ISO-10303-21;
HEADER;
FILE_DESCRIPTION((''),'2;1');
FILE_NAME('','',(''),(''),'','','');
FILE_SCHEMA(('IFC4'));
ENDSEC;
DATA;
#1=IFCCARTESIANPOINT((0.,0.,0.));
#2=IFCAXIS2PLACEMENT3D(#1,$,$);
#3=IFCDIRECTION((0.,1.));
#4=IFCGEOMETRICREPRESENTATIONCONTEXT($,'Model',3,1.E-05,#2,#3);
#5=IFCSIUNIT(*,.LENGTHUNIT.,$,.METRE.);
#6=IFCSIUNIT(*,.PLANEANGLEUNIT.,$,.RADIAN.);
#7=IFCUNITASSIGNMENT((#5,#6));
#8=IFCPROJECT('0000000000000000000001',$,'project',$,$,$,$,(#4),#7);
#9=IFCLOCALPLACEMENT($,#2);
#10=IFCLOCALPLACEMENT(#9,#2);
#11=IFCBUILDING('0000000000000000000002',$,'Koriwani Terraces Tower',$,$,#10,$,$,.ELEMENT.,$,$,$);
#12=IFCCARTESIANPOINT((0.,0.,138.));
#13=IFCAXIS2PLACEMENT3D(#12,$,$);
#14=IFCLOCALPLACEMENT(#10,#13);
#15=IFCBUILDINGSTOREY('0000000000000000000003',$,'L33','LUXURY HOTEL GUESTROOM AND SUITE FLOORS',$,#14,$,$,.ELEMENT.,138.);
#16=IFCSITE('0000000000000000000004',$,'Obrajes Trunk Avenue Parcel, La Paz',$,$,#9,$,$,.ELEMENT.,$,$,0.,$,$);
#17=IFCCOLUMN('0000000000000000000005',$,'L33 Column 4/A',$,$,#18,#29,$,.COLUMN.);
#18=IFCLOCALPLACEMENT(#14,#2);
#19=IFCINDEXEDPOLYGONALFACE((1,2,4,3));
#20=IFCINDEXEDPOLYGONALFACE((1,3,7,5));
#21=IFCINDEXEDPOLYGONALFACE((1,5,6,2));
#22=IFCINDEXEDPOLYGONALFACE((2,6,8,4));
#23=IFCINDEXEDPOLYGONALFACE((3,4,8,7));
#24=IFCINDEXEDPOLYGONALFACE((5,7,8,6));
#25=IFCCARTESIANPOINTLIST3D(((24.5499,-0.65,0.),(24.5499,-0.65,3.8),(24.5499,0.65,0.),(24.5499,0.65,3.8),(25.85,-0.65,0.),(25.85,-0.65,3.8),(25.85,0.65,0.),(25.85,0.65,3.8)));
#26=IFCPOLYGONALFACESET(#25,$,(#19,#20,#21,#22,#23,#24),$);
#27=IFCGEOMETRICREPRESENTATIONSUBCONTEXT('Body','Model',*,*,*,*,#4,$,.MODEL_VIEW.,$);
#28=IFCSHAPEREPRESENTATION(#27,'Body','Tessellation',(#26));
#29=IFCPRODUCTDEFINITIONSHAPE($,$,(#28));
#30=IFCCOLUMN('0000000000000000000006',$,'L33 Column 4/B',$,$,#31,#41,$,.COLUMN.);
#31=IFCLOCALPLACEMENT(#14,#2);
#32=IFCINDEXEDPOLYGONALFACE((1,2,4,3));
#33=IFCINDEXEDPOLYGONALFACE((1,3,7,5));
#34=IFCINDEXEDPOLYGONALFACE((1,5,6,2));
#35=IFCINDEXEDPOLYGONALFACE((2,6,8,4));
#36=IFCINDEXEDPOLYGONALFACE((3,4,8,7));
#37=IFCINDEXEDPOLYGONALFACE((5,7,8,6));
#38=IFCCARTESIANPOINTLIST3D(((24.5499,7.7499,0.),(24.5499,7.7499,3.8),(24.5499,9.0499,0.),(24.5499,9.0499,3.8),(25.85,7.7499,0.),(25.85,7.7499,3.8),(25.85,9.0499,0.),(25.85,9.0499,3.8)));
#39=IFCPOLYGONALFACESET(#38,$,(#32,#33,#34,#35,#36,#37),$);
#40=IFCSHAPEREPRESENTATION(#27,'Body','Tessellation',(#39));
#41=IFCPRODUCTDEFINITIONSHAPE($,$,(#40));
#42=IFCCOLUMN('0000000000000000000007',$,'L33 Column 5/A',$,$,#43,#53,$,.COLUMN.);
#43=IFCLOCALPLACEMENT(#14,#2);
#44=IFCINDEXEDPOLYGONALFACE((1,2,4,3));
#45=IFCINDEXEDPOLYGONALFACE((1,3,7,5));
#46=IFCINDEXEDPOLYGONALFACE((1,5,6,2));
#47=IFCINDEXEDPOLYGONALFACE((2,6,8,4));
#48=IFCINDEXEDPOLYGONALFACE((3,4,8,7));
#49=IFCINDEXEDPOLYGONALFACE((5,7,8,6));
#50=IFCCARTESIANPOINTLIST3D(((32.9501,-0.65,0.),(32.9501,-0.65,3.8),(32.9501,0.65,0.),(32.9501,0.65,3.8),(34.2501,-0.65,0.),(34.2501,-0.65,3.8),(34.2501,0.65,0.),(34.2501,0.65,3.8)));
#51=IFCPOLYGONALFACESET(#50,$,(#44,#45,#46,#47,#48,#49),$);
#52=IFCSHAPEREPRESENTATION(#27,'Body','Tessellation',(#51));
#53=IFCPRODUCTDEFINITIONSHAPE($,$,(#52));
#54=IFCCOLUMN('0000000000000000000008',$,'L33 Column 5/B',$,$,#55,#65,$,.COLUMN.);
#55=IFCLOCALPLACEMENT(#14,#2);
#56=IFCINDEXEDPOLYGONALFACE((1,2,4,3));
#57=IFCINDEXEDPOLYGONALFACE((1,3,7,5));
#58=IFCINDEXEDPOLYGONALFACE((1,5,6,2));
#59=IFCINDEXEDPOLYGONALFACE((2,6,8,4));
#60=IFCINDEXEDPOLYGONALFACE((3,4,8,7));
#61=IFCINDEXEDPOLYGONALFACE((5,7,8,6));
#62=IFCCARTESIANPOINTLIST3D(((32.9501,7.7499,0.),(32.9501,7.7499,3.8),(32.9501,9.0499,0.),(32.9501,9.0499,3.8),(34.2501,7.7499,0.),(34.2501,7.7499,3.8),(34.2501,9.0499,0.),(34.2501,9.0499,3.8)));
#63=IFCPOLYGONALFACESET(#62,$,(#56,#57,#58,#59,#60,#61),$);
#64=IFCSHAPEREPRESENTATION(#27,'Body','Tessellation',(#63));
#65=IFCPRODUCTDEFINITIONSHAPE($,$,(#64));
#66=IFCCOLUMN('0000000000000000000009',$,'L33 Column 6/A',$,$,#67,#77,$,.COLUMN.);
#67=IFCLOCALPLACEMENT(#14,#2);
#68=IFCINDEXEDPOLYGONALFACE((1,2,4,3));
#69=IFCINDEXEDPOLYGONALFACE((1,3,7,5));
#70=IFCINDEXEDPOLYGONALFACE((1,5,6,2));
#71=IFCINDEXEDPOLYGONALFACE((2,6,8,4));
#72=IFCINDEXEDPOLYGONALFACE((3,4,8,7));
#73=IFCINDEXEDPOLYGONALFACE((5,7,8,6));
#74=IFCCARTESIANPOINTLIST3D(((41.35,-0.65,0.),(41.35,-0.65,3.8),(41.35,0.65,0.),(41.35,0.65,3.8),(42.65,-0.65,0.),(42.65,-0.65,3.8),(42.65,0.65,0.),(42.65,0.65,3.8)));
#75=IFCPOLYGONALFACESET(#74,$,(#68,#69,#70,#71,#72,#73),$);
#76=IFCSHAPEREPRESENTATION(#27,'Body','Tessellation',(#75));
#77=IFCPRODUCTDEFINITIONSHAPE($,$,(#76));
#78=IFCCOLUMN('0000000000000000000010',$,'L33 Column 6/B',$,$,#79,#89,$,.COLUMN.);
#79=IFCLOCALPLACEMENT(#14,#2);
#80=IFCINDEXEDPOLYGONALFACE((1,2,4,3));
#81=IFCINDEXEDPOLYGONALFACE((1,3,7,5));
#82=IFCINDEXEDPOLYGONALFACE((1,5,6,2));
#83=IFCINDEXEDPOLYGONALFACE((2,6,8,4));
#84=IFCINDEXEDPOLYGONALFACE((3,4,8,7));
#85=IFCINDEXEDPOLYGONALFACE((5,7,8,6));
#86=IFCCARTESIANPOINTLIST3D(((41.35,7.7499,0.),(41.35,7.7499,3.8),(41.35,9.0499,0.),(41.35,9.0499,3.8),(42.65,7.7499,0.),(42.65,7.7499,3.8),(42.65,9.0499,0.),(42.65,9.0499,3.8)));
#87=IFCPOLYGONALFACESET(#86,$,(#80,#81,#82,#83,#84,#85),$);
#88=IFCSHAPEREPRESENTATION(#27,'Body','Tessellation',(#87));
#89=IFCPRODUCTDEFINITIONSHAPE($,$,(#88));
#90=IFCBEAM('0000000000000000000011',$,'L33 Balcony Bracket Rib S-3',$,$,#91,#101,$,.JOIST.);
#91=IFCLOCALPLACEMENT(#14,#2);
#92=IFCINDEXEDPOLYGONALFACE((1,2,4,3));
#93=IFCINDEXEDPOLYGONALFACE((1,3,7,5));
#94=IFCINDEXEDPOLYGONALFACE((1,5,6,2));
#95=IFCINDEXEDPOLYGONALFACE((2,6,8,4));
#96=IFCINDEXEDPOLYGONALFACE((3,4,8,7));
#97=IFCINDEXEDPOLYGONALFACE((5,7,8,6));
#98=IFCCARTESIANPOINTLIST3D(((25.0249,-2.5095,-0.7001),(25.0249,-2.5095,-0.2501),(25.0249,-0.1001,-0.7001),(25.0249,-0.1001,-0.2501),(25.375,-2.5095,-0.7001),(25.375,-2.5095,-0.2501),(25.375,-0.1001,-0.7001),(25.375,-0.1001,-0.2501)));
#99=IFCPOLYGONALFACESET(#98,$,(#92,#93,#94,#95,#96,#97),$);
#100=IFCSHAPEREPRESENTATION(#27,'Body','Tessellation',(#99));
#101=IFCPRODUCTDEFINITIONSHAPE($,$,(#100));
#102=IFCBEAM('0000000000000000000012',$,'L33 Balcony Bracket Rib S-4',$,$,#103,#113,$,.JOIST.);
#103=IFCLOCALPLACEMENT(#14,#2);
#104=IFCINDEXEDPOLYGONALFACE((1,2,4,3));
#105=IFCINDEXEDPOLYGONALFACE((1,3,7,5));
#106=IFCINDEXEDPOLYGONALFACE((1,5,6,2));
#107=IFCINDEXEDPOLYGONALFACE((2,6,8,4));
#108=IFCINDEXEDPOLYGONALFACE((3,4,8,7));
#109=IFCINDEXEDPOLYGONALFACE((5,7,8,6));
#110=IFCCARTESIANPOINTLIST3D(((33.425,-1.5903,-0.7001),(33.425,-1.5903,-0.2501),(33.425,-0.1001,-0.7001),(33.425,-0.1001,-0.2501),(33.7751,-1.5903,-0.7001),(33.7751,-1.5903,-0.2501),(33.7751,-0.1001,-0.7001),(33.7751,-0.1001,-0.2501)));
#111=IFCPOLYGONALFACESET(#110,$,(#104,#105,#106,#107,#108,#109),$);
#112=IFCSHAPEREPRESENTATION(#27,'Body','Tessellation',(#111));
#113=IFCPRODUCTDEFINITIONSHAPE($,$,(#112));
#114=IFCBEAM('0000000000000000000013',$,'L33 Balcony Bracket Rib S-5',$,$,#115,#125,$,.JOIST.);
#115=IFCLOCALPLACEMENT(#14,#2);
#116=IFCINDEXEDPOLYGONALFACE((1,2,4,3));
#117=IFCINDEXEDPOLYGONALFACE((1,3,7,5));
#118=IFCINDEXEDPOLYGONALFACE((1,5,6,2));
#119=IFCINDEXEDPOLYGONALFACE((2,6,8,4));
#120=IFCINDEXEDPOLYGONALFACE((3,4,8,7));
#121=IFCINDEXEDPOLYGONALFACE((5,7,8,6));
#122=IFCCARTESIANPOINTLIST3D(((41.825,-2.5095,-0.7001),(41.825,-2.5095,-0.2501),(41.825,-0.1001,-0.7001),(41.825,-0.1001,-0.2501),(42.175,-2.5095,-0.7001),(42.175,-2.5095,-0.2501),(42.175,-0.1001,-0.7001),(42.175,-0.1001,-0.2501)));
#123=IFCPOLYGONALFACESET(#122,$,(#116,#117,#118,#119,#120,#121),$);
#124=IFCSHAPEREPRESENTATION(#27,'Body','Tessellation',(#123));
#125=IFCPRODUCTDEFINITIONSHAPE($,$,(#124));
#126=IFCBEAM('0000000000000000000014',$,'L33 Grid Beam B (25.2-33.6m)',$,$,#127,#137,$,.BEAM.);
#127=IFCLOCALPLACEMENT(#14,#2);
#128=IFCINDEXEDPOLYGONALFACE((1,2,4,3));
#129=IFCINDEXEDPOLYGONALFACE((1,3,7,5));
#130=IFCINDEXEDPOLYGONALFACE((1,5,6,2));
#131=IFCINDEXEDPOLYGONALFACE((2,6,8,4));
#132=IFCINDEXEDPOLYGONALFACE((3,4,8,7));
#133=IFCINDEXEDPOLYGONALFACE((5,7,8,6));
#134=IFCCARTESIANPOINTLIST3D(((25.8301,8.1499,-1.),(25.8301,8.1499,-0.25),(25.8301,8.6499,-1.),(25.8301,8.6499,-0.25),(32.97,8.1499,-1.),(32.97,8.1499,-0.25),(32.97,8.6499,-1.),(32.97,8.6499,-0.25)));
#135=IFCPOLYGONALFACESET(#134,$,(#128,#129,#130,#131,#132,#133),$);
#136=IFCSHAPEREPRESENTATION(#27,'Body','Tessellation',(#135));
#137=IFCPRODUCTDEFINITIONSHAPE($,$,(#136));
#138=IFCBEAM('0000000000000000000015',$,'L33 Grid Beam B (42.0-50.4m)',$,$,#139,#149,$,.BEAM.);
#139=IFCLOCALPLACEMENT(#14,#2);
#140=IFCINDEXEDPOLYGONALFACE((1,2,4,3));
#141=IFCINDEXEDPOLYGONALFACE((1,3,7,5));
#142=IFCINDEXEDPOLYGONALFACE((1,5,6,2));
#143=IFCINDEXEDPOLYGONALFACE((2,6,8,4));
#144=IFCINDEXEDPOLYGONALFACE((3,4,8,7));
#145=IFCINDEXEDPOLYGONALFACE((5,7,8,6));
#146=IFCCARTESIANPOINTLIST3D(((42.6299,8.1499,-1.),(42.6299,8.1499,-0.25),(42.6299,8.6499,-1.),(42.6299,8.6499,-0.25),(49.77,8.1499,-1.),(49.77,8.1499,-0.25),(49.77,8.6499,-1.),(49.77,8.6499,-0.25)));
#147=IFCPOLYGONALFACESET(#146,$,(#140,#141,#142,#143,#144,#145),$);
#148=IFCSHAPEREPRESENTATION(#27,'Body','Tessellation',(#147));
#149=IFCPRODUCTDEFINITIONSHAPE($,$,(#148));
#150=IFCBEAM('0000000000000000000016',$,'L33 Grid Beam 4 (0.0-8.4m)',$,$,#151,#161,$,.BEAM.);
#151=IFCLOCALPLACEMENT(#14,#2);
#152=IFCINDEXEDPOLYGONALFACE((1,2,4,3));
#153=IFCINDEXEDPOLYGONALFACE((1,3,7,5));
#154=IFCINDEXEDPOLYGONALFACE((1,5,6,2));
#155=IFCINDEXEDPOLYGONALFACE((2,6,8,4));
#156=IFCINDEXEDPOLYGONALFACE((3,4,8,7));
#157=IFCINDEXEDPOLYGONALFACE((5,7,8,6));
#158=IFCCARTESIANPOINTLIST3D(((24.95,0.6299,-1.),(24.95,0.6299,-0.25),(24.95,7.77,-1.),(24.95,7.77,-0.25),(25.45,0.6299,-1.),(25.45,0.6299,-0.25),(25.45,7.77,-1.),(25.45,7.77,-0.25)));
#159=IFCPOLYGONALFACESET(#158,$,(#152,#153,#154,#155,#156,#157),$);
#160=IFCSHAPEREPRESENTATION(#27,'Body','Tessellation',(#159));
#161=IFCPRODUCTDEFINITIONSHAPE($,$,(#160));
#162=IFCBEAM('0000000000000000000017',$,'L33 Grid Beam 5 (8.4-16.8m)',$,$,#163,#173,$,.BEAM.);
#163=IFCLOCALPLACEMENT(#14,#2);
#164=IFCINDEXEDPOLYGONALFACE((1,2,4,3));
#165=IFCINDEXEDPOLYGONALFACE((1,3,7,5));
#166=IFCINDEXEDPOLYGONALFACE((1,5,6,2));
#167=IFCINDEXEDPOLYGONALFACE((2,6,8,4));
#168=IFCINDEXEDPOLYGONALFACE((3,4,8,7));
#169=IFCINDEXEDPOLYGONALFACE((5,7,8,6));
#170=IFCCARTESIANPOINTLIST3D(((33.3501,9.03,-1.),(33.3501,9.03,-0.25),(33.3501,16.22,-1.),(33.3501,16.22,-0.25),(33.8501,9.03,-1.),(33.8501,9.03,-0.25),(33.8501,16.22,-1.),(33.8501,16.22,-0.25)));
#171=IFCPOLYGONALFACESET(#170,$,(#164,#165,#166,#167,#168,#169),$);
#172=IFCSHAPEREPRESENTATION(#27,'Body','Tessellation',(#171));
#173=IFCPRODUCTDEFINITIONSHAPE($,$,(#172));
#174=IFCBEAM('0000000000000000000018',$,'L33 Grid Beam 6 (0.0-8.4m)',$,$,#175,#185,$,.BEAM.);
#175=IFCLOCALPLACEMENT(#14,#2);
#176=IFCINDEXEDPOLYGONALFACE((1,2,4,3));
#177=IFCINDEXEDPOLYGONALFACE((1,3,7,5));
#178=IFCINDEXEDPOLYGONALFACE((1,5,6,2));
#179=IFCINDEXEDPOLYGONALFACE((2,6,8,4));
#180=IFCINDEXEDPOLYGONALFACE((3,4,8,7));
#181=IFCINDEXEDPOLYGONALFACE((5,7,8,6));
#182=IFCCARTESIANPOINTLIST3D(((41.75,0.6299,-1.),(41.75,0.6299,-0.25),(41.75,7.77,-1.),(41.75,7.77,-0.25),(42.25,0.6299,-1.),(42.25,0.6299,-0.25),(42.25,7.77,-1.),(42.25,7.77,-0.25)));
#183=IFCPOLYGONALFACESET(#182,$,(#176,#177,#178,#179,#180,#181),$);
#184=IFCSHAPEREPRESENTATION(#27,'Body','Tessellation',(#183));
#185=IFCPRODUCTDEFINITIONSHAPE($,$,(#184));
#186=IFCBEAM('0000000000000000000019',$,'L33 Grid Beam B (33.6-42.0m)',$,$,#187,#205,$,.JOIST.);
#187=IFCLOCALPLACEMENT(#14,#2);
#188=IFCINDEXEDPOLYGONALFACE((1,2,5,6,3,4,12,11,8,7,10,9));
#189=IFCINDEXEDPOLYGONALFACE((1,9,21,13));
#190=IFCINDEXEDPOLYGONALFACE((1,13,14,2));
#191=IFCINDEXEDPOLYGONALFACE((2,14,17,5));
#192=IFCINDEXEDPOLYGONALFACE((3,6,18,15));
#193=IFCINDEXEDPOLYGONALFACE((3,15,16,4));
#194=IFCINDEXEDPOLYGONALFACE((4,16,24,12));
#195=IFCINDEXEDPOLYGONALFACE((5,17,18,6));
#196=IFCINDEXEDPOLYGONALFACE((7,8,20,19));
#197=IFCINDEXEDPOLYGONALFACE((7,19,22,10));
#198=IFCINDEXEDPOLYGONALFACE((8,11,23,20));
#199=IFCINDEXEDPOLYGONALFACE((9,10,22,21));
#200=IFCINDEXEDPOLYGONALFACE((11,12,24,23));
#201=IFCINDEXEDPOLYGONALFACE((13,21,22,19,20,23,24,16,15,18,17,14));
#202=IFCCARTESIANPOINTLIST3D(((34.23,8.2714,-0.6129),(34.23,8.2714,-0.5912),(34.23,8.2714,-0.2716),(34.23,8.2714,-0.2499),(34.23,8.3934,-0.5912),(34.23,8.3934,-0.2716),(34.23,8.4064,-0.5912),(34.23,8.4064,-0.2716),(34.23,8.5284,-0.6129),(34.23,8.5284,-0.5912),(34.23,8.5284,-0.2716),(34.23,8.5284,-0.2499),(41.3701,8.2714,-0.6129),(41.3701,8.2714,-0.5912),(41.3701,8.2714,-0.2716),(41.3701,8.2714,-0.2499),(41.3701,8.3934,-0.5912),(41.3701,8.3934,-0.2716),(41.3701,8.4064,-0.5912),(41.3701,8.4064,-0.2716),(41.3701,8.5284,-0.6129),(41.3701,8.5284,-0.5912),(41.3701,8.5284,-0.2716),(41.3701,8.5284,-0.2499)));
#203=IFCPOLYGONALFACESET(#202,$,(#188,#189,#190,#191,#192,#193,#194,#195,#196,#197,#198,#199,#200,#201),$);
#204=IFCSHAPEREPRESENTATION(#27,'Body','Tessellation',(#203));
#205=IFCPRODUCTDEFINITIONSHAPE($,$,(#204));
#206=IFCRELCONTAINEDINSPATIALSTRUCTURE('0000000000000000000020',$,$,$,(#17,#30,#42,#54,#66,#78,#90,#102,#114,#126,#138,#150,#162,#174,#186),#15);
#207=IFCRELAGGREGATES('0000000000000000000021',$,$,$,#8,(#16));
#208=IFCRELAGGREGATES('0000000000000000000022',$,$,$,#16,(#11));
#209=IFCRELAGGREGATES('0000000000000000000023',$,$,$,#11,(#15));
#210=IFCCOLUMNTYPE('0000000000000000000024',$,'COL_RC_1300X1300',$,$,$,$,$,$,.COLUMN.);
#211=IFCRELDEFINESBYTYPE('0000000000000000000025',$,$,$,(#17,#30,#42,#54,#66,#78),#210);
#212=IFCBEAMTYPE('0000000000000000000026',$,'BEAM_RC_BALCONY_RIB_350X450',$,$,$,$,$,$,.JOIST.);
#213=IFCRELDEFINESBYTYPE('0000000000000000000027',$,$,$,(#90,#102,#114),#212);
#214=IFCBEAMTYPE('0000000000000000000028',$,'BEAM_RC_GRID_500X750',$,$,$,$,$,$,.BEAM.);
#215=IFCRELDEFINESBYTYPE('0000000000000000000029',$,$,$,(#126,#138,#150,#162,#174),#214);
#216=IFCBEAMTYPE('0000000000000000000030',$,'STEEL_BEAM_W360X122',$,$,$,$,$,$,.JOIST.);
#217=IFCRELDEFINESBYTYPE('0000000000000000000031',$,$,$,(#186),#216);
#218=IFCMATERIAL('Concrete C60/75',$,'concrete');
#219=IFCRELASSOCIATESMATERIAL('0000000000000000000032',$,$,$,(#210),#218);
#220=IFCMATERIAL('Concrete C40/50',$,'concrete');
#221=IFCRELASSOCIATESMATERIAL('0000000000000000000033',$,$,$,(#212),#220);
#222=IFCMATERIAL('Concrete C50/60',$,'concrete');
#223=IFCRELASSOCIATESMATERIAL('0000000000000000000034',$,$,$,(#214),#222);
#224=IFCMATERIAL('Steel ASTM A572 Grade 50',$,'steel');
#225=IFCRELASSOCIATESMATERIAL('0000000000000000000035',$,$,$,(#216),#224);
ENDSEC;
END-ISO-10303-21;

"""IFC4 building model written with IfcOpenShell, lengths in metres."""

from ifc_helpers import new_model, si_unit, direction, frame, origin, origin_2d, place, context, subcontext, project, spatial, rectangle, i_section, extrude, material, material_profile, profile_set, type_object, element, save


model = new_model("IFC4")

# Units and contexts
model_context = context("Model", 3, precision=1e-05, world=origin(), true_north=direction((0.0, 1.0)))
body_context = subcontext(model_context, "Body", "Model", "MODEL_VIEW")
ifc_project = project(units=[si_unit("LENGTHUNIT", "METRE"), si_unit("PLANEANGLEUNIT", "RADIAN")], contexts=[model_context])

# Site, building, storey
site_placement = place(None, origin())
site = spatial("IfcSite", under=ifc_project, at=site_placement, Name="Obrajes Trunk Avenue Parcel, La Paz", CompositionType="ELEMENT", RefElevation=0.0)
building_placement = place(site_placement, origin())
building = spatial("IfcBuilding", under=site, at=building_placement, Name="Koriwani Terraces Tower", CompositionType="ELEMENT")
storey_placement = place(building_placement, frame((0.0, 0.0, 138.0)))
storey = spatial("IfcBuildingStorey", under=building, at=storey_placement, Name="L33", Description="LUXURY HOTEL GUESTROOM AND SUITE FLOORS", CompositionType="ELEMENT", Elevation=138.0)

# Columns
ifc_material_1 = material(Name="Concrete C60/75", Category="concrete")
ifc_material_profile_1 = material_profile(ifc_material_1, rectangle(XDim=1.3, YDim=1.3, at=origin_2d()), Name="Concrete C60/75", Category="LoadBearing")
ifc_profile_set_1 = profile_set([ifc_material_profile_1], Name="Concrete C60/75")
column_type = type_object("IfcColumnType", Name="COL_RC_1300X1300", PredefinedType="COLUMN", material=ifc_profile_set_1)
for number, where, z_axis, x_axis, name in (
    (1, (25.2, 0.0, 0.0), (0.0, 0.0, 1.0), (1.0, 0.0, 0.0), "L33 Column 4/A"),
    (2, (25.2, 8.3999, 0.0), (0.0, 0.0, 1.0), (1.0, 0.0, 0.0), "L33 Column 4/B"),
    (3, (33.6001, 0.0, 0.0), (0.0, 0.0, 1.0), (1.0, 0.0, 0.0), "L33 Column 5/A"),
    (4, (33.6001, 8.3999, 0.0), (0.0, 0.0, 1.0), (1.0, 0.0, 0.0), "L33 Column 5/B"),
    (5, (42.0, 0.0, 0.0), (0.0, 0.0, 1.0), (1.0, 0.0, 0.0), "L33 Column 6/A"),
    (6, (42.0, 8.3999, 0.0), (0.0, 0.0, 1.0), (1.0, 0.0, 0.0), "L33 Column 6/B"),
):
    element("IfcColumn", number, at=place(storey_placement, frame(where, z_axis=z_axis, x_axis=x_axis)), inside=storey, type_object=column_type, Name=name, PredefinedType="COLUMN", context=body_context, shape_type="SweptSolid", body=[
        extrude(rectangle(XDim=1.3, YDim=1.3, at=origin_2d()), origin(), (0.0, 0.0, 1.0), 3.8),
    ])

# Beams
ifc_material_2 = material(Name="Concrete C40/50", Category="concrete")
ifc_material_profile_2 = material_profile(ifc_material_2, rectangle(XDim=0.3501, YDim=0.45, at=origin_2d()), Name="Concrete C40/50", Category="LoadBearing")
ifc_profile_set_2 = profile_set([ifc_material_profile_2], Name="Concrete C40/50")
beam_type_1 = type_object("IfcBeamType", Name="BEAM_RC_BALCONY_RIB_350X450", PredefinedType="JOIST", material=ifc_profile_set_2)
beam_1_placement = place(storey_placement, frame((25.2, -2.5095, -0.4751), z_axis=(0.0, 1.0, 0.0), x_axis=(-1.0, 0.0, 0.0)))
element("IfcBeam", 7, at=beam_1_placement, inside=storey, type_object=beam_type_1, Name="L33 Balcony Bracket Rib S-3", PredefinedType="JOIST", context=body_context, shape_type="SweptSolid", body=[
    extrude(rectangle(XDim=0.3501, YDim=0.45, at=origin_2d()), origin(), (0.0, 0.0, 1.0), 2.4094),
])
beam_2_placement = place(storey_placement, frame((33.6001, -1.5903, -0.4751), z_axis=(0.0, 1.0, 0.0), x_axis=(-1.0, 0.0, 0.0)))
element("IfcBeam", 8, at=beam_2_placement, inside=storey, type_object=beam_type_1, Name="L33 Balcony Bracket Rib S-4", PredefinedType="JOIST", context=body_context, shape_type="SweptSolid", body=[
    extrude(rectangle(XDim=0.3501, YDim=0.45, at=origin_2d()), origin(), (0.0, 0.0, 1.0), 1.4902),
])
beam_3_placement = place(storey_placement, frame((42.0, -2.5095, -0.4751), z_axis=(0.0, 1.0, 0.0), x_axis=(-1.0, 0.0, 0.0)))
element("IfcBeam", 9, at=beam_3_placement, inside=storey, type_object=beam_type_1, Name="L33 Balcony Bracket Rib S-5", PredefinedType="JOIST", context=body_context, shape_type="SweptSolid", body=[
    extrude(rectangle(XDim=0.3501, YDim=0.45, at=origin_2d()), origin(), (0.0, 0.0, 1.0), 2.4094),
])
ifc_material_3 = material(Name="Concrete C50/60", Category="concrete")
ifc_material_profile_3 = material_profile(ifc_material_3, rectangle(XDim=0.5, YDim=0.75, at=origin_2d()), Name="Concrete C50/60", Category="LoadBearing")
ifc_profile_set_3 = profile_set([ifc_material_profile_3], Name="Concrete C50/60")
beam_type_2 = type_object("IfcBeamType", Name="BEAM_RC_GRID_500X750", PredefinedType="BEAM", material=ifc_profile_set_3)
beam_4_placement = place(storey_placement, frame((25.8301, 8.3999, -0.625), z_axis=(1.0, 0.0, 0.0), x_axis=(0.0, 1.0, 0.0)))
element("IfcBeam", 10, at=beam_4_placement, inside=storey, type_object=beam_type_2, Name="L33 Grid Beam B (25.2-33.6m)", PredefinedType="BEAM", context=body_context, shape_type="SweptSolid", body=[
    extrude(rectangle(XDim=0.5, YDim=0.75, at=origin_2d()), origin(), (0.0, 0.0, 1.0), 7.1399),
])
for number, where, z_axis, x_axis, name in (
    (11, (42.6299, 8.3999, -0.625), (1.0, 0.0, 0.0), (0.0, 1.0, 0.0), "L33 Grid Beam B (42.0-50.4m)"),
    (12, (25.2, 0.6299, -0.625), (0.0, 1.0, 0.0), (-1.0, 0.0, 0.0), "L33 Grid Beam 4 (0.0-8.4m)"),
):
    element("IfcBeam", number, at=place(storey_placement, frame(where, z_axis=z_axis, x_axis=x_axis)), inside=storey, type_object=beam_type_2, Name=name, PredefinedType="BEAM", context=body_context, shape_type="SweptSolid", body=[
        extrude(rectangle(XDim=0.5, YDim=0.75, at=origin_2d()), origin(), (0.0, 0.0, 1.0), 7.1401),
    ])
beam_5_placement = place(storey_placement, frame((33.6001, 9.03, -0.625), z_axis=(0.0, 1.0, 0.0), x_axis=(-1.0, 0.0, 0.0)))
element("IfcBeam", 13, at=beam_5_placement, inside=storey, type_object=beam_type_2, Name="L33 Grid Beam 5 (8.4-16.8m)", PredefinedType="BEAM", context=body_context, shape_type="SweptSolid", body=[
    extrude(rectangle(XDim=0.5, YDim=0.75, at=origin_2d()), origin(), (0.0, 0.0, 1.0), 7.1899),
])
beam_6_placement = place(storey_placement, frame((42.0, 0.6299, -0.625), z_axis=(0.0, 1.0, 0.0), x_axis=(-1.0, 0.0, 0.0)))
element("IfcBeam", 14, at=beam_6_placement, inside=storey, type_object=beam_type_2, Name="L33 Grid Beam 6 (0.0-8.4m)", PredefinedType="BEAM", context=body_context, shape_type="SweptSolid", body=[
    extrude(rectangle(XDim=0.5, YDim=0.75, at=origin_2d()), origin(), (0.0, 0.0, 1.0), 7.1401),
])
ifc_material_4 = material(Name="Steel ASTM A572 Grade 50", Category="steel")
ifc_material_profile_4 = material_profile(ifc_material_4, i_section(OverallWidth=0.2571, OverallDepth=0.363, WebThickness=0.0129, FlangeThickness=0.0217, at=origin_2d()), Name="Steel ASTM A572 Grade 50", Category="LoadBearing")
ifc_profile_set_4 = profile_set([ifc_material_profile_4], Name="Steel ASTM A572 Grade 50")
beam_type_3 = type_object("IfcBeamType", Name="STEEL_BEAM_W360X122", PredefinedType="JOIST", material=ifc_profile_set_4)
beam_7_placement = place(storey_placement, frame((34.23, 8.3999, -0.4314), z_axis=(1.0, 0.0, 0.0), x_axis=(0.0, 1.0, 0.0)))
element("IfcBeam", 15, at=beam_7_placement, inside=storey, type_object=beam_type_3, Name="L33 Grid Beam B (33.6-42.0m)", PredefinedType="JOIST", context=body_context, shape_type="SweptSolid", body=[
    extrude(i_section(OverallWidth=0.2571, OverallDepth=0.363, WebThickness=0.0129, FlangeThickness=0.0217, at=origin_2d()), origin(), (0.0, 0.0, 1.0), 7.1401),
])

save(model, "model.ifc")
